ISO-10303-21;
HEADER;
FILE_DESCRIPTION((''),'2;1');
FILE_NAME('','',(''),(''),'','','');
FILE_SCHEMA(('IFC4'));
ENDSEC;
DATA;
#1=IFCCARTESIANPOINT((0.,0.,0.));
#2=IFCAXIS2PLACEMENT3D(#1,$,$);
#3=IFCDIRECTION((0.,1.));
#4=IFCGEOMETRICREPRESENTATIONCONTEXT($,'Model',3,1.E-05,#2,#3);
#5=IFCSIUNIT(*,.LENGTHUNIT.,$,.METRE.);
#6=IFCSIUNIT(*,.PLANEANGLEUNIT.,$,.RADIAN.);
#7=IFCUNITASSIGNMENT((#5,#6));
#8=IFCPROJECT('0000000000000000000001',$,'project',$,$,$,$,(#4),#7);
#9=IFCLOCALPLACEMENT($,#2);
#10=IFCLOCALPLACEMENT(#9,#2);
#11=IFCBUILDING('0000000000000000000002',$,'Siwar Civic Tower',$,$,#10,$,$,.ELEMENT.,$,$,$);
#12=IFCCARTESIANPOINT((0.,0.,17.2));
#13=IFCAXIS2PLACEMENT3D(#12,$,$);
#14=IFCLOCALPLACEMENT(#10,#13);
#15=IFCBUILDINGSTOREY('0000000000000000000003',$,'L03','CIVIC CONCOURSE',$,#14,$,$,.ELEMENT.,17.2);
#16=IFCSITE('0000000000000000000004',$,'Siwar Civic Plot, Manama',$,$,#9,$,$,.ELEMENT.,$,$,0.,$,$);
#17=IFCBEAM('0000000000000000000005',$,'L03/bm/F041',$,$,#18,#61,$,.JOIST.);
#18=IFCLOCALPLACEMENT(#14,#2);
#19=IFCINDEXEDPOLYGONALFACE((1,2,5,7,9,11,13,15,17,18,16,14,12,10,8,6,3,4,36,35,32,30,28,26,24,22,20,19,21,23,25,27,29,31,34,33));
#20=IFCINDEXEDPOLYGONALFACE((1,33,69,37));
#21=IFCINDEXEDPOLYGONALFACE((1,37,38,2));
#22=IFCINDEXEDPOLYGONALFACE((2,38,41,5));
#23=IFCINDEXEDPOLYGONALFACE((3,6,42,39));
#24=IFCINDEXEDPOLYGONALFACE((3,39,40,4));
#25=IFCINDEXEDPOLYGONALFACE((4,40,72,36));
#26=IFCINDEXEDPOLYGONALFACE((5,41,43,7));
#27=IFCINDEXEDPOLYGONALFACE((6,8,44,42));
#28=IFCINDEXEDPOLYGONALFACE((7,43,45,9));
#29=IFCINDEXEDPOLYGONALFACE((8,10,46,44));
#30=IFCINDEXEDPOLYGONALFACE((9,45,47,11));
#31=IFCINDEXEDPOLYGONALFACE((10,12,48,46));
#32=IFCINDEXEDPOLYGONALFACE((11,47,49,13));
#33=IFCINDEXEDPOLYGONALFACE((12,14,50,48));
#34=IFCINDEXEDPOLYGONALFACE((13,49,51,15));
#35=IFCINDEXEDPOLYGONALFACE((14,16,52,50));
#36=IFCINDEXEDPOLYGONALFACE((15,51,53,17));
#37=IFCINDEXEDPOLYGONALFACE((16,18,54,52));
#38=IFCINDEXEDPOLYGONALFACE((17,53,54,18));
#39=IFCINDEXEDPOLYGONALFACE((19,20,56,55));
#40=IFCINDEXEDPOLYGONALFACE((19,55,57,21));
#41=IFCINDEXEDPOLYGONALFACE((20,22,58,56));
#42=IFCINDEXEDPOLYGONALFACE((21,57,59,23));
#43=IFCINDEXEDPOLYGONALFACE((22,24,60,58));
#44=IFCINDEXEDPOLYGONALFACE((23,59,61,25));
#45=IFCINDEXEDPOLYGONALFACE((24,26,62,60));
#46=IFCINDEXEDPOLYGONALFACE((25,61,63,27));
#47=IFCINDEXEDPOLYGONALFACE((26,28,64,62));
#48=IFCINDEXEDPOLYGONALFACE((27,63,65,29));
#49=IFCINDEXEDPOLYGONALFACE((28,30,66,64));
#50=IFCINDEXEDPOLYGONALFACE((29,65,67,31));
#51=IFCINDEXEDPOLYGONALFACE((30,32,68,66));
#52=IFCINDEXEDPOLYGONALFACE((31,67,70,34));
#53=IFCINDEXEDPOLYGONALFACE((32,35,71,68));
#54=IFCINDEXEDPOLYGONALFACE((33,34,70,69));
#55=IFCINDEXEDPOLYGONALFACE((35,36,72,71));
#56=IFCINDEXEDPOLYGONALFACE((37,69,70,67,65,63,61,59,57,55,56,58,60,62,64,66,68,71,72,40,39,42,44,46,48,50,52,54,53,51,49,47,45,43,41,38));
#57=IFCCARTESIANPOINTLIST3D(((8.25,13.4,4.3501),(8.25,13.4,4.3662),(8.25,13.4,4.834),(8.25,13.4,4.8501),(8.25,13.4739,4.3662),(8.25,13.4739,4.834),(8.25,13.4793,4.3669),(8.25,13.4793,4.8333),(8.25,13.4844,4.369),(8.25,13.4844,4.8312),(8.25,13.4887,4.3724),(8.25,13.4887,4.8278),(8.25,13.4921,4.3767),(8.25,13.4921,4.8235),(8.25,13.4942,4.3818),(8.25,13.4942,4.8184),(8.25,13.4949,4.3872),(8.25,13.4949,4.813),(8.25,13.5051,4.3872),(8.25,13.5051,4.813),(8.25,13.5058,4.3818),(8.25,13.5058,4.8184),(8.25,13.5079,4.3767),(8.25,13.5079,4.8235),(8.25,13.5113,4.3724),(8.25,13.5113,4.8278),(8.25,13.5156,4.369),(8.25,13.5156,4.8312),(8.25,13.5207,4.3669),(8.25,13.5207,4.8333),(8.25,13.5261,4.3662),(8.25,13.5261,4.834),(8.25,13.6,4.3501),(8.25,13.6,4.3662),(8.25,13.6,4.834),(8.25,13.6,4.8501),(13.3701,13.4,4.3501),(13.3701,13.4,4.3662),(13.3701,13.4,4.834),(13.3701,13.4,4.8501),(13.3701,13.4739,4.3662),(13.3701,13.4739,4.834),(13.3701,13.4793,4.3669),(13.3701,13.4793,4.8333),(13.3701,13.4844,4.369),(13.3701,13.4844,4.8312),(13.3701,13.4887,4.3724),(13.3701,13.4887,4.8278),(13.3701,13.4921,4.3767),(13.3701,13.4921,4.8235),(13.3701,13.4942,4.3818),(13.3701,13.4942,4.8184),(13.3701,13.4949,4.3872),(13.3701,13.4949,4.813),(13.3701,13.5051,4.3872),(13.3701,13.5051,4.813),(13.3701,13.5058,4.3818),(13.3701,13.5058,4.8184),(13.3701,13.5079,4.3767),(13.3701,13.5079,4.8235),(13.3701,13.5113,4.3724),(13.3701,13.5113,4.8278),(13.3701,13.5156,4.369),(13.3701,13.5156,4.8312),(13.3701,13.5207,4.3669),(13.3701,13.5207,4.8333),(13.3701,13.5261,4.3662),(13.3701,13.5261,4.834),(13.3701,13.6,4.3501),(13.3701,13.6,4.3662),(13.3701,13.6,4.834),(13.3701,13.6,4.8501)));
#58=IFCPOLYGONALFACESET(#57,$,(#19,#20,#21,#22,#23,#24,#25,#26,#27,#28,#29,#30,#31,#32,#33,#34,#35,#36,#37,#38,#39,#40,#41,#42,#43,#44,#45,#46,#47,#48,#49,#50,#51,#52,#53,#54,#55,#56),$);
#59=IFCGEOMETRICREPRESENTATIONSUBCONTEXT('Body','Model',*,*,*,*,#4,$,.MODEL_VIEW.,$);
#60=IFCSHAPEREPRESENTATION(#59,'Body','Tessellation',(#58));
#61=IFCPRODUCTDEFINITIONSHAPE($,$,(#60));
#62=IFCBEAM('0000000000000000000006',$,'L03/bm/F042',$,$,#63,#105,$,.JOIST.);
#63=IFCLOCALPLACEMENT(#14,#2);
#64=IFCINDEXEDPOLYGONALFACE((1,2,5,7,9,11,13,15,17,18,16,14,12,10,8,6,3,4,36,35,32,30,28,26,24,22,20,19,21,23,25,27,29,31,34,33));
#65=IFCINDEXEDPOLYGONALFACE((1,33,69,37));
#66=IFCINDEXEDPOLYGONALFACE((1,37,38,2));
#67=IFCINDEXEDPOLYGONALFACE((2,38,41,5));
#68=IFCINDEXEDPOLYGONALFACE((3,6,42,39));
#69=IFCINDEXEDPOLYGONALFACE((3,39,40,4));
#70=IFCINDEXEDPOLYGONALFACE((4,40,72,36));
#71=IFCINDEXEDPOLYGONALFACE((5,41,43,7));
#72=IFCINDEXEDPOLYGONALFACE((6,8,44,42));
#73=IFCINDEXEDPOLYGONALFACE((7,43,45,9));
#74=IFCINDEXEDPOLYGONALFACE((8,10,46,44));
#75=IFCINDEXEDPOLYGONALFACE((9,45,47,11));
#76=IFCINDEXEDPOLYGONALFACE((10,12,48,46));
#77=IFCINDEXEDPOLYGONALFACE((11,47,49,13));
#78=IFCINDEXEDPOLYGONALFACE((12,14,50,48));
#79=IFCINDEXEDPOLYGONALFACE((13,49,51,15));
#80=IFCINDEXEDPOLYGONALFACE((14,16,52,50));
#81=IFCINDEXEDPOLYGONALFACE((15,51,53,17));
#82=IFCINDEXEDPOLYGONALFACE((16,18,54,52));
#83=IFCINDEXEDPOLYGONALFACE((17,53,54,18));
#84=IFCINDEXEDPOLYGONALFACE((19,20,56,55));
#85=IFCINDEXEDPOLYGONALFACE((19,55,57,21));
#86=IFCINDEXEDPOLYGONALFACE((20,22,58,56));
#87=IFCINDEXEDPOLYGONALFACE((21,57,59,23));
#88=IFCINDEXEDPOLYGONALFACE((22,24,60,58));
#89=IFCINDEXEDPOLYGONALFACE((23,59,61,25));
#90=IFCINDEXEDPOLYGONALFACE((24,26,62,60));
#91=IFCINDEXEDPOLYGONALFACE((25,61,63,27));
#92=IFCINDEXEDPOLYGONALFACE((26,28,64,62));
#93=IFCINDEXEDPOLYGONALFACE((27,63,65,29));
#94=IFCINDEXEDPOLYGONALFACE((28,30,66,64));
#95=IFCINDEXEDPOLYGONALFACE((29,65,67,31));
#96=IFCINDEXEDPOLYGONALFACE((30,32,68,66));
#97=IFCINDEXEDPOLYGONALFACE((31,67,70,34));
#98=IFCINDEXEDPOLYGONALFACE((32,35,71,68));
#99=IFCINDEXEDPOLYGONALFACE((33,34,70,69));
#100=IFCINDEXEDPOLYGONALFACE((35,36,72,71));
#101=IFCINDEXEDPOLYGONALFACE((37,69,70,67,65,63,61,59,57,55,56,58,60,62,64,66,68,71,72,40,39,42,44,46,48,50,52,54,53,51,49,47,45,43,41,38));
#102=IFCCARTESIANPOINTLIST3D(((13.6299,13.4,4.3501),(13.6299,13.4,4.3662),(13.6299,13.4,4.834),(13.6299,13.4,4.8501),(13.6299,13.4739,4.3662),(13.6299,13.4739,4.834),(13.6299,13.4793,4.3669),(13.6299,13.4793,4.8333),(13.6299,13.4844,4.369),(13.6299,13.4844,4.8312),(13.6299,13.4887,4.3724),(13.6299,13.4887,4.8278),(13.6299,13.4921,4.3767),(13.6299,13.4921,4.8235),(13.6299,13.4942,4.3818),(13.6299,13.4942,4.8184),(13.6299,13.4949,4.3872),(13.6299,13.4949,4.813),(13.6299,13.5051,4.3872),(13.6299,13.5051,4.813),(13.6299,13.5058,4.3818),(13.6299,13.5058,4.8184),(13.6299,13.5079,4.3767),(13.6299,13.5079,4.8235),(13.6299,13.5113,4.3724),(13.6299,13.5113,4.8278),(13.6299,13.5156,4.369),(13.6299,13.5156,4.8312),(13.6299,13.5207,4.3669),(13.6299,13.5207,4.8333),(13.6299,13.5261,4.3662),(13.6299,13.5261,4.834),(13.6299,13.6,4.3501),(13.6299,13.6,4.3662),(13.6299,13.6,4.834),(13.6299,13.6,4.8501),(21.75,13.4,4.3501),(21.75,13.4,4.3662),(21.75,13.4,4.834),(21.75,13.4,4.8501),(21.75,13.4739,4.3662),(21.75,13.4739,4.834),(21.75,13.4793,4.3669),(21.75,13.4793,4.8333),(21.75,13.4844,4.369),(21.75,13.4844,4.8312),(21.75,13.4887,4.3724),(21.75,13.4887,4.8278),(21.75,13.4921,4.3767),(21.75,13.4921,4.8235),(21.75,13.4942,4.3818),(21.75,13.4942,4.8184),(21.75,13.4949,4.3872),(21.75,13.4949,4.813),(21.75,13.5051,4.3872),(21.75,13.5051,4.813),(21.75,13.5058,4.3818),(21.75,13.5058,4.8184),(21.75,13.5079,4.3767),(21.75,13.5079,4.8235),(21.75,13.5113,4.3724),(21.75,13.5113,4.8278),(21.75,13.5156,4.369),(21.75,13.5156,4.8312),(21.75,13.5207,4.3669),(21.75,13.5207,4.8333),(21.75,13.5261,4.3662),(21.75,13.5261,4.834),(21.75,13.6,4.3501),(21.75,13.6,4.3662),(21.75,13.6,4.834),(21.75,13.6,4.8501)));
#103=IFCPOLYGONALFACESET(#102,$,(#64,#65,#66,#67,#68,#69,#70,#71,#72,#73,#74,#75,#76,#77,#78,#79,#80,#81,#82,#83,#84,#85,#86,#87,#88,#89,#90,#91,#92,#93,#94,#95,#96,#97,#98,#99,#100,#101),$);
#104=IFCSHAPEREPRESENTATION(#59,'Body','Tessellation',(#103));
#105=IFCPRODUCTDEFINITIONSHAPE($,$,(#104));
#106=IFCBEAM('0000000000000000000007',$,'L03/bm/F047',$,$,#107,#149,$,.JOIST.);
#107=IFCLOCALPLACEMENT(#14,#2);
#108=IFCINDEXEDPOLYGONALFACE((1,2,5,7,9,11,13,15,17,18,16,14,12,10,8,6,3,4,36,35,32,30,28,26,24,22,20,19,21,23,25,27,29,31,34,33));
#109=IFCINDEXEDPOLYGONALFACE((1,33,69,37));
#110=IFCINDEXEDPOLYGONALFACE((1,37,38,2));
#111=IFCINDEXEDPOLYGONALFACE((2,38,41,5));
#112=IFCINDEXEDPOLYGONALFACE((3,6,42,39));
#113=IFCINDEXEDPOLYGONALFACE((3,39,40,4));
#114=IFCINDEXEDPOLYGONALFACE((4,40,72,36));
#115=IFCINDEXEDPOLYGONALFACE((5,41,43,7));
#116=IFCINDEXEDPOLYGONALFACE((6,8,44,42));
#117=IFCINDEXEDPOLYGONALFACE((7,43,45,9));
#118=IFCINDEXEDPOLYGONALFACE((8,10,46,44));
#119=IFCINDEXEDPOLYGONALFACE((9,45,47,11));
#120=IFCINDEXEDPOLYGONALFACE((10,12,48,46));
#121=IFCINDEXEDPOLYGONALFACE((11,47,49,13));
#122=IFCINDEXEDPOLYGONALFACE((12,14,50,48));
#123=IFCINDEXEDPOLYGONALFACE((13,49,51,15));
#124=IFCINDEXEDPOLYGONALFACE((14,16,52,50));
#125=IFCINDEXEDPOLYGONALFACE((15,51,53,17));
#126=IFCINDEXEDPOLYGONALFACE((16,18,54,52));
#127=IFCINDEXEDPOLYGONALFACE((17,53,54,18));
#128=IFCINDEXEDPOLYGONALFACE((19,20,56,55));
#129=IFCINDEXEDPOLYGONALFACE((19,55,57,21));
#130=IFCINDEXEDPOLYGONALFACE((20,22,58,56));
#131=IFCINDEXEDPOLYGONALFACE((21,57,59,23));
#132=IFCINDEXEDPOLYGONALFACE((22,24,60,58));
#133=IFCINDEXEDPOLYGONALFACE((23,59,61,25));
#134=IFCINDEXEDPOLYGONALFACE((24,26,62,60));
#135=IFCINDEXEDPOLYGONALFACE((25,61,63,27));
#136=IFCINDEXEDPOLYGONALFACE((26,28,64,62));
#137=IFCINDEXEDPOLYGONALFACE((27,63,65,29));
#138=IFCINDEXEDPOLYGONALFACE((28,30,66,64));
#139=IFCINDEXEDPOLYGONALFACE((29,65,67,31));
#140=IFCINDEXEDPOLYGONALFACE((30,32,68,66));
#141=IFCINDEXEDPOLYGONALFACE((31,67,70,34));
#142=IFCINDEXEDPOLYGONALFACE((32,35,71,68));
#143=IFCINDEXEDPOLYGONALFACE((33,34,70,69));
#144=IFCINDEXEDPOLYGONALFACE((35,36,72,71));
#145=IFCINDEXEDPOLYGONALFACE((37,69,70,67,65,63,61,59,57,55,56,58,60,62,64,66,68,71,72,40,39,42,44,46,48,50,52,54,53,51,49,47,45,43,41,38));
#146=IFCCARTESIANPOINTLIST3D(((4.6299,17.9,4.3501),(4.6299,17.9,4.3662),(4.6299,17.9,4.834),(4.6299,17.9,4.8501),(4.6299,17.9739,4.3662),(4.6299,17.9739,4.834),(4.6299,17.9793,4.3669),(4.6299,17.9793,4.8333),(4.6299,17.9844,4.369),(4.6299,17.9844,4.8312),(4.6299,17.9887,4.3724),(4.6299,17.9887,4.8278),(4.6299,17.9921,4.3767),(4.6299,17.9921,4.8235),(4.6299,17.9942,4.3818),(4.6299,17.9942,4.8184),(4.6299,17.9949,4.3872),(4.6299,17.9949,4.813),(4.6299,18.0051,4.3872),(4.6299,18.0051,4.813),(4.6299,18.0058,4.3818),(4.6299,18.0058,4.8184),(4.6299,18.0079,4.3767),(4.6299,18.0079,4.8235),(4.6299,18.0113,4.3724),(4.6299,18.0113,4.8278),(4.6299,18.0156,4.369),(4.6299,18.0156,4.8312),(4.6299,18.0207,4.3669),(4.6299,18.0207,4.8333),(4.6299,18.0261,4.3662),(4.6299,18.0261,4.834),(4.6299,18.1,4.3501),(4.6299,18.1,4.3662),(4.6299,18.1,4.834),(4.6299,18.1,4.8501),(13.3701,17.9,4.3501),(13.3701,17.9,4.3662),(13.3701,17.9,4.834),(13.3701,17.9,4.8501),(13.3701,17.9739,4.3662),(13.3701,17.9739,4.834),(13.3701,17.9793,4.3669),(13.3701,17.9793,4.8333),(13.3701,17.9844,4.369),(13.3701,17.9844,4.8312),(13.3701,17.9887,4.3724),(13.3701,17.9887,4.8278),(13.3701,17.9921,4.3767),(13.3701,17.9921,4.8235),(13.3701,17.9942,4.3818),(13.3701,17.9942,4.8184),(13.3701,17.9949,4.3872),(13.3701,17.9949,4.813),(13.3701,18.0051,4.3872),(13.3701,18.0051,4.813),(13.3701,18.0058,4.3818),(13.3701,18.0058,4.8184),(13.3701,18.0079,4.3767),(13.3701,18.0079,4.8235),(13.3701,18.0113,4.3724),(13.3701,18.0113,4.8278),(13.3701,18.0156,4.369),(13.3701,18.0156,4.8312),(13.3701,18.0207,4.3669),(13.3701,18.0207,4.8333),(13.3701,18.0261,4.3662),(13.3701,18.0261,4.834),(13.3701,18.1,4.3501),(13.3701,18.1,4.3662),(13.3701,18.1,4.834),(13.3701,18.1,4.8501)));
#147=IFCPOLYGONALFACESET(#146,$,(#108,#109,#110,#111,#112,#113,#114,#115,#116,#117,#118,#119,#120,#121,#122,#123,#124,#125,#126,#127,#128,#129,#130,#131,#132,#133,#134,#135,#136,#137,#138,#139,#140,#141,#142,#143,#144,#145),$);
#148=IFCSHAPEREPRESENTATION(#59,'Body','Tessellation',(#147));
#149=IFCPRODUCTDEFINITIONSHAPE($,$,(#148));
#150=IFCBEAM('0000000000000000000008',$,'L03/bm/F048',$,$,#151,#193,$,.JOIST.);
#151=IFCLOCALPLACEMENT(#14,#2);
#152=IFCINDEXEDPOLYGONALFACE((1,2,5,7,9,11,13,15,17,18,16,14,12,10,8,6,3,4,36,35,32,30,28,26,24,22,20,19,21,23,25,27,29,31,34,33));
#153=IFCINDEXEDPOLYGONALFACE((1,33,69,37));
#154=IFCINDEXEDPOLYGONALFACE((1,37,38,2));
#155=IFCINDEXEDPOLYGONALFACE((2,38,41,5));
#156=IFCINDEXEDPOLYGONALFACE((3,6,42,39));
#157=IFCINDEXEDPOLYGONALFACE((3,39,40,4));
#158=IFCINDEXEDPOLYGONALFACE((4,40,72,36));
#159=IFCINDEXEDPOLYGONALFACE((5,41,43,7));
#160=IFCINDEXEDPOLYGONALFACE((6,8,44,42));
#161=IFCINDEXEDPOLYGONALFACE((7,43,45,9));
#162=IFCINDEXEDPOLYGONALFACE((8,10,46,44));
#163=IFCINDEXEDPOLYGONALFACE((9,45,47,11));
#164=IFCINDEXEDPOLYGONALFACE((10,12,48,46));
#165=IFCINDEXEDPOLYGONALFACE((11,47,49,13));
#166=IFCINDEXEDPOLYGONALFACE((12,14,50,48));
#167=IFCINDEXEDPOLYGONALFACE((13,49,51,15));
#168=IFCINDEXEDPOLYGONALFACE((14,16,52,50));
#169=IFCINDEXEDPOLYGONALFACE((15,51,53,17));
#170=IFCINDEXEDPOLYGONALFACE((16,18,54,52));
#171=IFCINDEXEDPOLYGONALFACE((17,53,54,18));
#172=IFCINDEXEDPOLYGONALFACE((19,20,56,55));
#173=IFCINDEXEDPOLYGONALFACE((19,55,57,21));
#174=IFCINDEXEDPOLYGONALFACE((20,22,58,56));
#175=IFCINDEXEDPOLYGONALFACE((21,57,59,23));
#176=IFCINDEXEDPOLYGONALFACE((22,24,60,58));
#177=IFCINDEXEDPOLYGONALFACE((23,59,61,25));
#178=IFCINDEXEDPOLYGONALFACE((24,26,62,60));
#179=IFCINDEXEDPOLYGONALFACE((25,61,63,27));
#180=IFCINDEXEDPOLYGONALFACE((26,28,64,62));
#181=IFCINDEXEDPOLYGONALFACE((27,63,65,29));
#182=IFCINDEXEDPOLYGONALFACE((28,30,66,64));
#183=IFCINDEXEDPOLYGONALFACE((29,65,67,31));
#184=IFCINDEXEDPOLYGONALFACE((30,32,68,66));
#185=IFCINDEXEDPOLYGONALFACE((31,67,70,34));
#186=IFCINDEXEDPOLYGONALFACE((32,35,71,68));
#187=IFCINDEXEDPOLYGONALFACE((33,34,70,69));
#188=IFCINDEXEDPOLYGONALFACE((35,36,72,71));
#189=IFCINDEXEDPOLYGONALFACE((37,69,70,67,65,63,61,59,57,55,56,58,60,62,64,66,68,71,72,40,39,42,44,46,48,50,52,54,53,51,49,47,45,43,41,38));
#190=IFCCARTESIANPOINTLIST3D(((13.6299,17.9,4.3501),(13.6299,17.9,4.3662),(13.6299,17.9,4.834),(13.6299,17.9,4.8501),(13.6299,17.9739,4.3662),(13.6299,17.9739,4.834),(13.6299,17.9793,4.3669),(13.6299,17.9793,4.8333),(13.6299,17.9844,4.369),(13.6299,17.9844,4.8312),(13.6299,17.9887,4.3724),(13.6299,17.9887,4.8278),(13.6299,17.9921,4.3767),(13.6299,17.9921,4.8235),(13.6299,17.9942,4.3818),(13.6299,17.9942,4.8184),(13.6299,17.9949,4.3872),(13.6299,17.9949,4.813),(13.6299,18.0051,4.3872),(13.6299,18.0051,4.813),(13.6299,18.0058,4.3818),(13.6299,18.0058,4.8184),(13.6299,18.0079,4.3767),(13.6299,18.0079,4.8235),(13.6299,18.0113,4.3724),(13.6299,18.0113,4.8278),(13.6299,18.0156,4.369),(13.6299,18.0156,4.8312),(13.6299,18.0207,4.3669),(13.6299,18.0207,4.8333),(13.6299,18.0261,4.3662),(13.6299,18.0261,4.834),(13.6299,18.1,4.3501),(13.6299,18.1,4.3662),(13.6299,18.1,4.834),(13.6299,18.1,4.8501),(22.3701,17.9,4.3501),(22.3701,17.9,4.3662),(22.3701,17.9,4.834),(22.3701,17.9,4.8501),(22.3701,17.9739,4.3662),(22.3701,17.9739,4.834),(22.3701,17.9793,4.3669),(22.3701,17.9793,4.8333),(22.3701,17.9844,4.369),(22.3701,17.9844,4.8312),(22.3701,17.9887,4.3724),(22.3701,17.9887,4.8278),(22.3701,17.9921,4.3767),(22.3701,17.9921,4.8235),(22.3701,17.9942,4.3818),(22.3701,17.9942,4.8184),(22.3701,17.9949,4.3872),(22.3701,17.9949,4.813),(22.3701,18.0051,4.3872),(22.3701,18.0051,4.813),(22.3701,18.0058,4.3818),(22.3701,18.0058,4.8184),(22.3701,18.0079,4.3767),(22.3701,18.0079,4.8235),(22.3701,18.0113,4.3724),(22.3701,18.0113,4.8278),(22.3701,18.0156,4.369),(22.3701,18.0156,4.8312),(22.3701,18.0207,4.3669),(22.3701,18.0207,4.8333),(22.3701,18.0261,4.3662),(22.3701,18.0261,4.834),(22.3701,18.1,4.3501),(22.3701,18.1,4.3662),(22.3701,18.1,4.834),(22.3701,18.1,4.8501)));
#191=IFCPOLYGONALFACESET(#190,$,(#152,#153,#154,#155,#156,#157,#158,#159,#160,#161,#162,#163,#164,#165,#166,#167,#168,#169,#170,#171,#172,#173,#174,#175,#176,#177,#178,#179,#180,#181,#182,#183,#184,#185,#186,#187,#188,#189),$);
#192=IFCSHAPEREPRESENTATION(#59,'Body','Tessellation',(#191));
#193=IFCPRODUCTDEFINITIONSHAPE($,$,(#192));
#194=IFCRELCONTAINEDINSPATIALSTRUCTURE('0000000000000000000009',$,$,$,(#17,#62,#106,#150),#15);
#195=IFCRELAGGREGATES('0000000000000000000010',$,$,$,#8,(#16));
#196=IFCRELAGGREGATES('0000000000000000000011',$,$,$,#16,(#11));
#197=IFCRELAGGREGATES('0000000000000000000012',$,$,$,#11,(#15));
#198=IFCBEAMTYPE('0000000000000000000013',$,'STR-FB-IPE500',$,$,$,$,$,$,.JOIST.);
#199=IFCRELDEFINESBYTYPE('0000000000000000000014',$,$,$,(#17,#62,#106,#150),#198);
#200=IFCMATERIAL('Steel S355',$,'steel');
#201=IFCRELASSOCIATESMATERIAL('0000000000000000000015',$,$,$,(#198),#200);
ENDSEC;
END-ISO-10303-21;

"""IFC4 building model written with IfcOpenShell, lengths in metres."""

from ifc_helpers import new_model, si_unit, direction, frame, origin, origin_2d, place, context, subcontext, project, spatial, i_section, extrude, material, material_profile, profile_set, type_object, element, save


model = new_model("IFC4")

# Units and contexts
model_context = context("Model", 3, precision=1e-05, world=origin(), true_north=direction((0.0, 1.0)))
body_context = subcontext(model_context, "Body", "Model", "MODEL_VIEW")
ifc_project = project(units=[si_unit("LENGTHUNIT", "METRE"), si_unit("PLANEANGLEUNIT", "RADIAN")], contexts=[model_context])

# Site, building, storey
site_placement = place(None, origin())
site = spatial("IfcSite", under=ifc_project, at=site_placement, Name="Siwar Civic Plot, Manama", CompositionType="ELEMENT", RefElevation=0.0)
building_placement = place(site_placement, origin())
building = spatial("IfcBuilding", under=site, at=building_placement, Name="Siwar Civic Tower", CompositionType="ELEMENT")
storey_placement = place(building_placement, frame((0.0, 0.0, 17.2)))
storey = spatial("IfcBuildingStorey", under=building, at=storey_placement, Name="L03", Description="CIVIC CONCOURSE", CompositionType="ELEMENT", Elevation=17.2)

# Beams
ifc_material_1 = material(Name="Steel S355", Category="steel")
ifc_material_profile_1 = material_profile(ifc_material_1, i_section(OverallWidth=0.2, OverallDepth=0.5, WebThickness=0.0103, FlangeThickness=0.0161, FilletRadius=0.021, at=origin_2d()), Name="IPE500")
ifc_profile_set_1 = profile_set([ifc_material_profile_1], Name="Steel S355")
beam_type_1 = type_object("IfcBeamType", Name="STR-FB-IPE500", PredefinedType="JOIST", material=ifc_profile_set_1)
beam_1_placement = place(storey_placement, frame((8.25, 13.5, 4.6001), z_axis=(1.0, 0.0, 0.0), x_axis=(0.0, 1.0, 0.0)))
element("IfcBeam", 1, at=beam_1_placement, inside=storey, type_object=beam_type_1, Name="L03/bm/F041", PredefinedType="JOIST", context=body_context, shape_type="SweptSolid", body=[
    extrude(i_section(OverallWidth=0.2, OverallDepth=0.5, WebThickness=0.0103, FlangeThickness=0.0161, FilletRadius=0.021, at=origin_2d()), origin(), (0.0, 0.0, 1.0), 5.1201),
])
beam_2_placement = place(storey_placement, frame((13.6299, 13.5, 4.6001), z_axis=(1.0, 0.0, 0.0), x_axis=(0.0, 1.0, 0.0)))
element("IfcBeam", 2, at=beam_2_placement, inside=storey, type_object=beam_type_1, Name="L03/bm/F042", PredefinedType="JOIST", context=body_context, shape_type="SweptSolid", body=[
    extrude(i_section(OverallWidth=0.2, OverallDepth=0.5, WebThickness=0.0103, FlangeThickness=0.0161, FilletRadius=0.021, at=origin_2d()), origin(), (0.0, 0.0, 1.0), 8.1201),
])
for number, where, z_axis, x_axis, name in (
    (3, (4.6299, 18.0, 4.6001), (1.0, 0.0, 0.0), (0.0, 1.0, 0.0), "L03/bm/F047"),
    (4, (13.6299, 18.0, 4.6001), (1.0, 0.0, 0.0), (0.0, 1.0, 0.0), "L03/bm/F048"),
):
    element("IfcBeam", number, at=place(storey_placement, frame(where, z_axis=z_axis, x_axis=x_axis)), inside=storey, type_object=beam_type_1, Name=name, PredefinedType="JOIST", context=body_context, shape_type="SweptSolid", body=[
        extrude(i_section(OverallWidth=0.2, OverallDepth=0.5, WebThickness=0.0103, FlangeThickness=0.0161, FilletRadius=0.021, at=origin_2d()), origin(), (0.0, 0.0, 1.0), 8.7402),
    ])

save(model, "model.ifc")
